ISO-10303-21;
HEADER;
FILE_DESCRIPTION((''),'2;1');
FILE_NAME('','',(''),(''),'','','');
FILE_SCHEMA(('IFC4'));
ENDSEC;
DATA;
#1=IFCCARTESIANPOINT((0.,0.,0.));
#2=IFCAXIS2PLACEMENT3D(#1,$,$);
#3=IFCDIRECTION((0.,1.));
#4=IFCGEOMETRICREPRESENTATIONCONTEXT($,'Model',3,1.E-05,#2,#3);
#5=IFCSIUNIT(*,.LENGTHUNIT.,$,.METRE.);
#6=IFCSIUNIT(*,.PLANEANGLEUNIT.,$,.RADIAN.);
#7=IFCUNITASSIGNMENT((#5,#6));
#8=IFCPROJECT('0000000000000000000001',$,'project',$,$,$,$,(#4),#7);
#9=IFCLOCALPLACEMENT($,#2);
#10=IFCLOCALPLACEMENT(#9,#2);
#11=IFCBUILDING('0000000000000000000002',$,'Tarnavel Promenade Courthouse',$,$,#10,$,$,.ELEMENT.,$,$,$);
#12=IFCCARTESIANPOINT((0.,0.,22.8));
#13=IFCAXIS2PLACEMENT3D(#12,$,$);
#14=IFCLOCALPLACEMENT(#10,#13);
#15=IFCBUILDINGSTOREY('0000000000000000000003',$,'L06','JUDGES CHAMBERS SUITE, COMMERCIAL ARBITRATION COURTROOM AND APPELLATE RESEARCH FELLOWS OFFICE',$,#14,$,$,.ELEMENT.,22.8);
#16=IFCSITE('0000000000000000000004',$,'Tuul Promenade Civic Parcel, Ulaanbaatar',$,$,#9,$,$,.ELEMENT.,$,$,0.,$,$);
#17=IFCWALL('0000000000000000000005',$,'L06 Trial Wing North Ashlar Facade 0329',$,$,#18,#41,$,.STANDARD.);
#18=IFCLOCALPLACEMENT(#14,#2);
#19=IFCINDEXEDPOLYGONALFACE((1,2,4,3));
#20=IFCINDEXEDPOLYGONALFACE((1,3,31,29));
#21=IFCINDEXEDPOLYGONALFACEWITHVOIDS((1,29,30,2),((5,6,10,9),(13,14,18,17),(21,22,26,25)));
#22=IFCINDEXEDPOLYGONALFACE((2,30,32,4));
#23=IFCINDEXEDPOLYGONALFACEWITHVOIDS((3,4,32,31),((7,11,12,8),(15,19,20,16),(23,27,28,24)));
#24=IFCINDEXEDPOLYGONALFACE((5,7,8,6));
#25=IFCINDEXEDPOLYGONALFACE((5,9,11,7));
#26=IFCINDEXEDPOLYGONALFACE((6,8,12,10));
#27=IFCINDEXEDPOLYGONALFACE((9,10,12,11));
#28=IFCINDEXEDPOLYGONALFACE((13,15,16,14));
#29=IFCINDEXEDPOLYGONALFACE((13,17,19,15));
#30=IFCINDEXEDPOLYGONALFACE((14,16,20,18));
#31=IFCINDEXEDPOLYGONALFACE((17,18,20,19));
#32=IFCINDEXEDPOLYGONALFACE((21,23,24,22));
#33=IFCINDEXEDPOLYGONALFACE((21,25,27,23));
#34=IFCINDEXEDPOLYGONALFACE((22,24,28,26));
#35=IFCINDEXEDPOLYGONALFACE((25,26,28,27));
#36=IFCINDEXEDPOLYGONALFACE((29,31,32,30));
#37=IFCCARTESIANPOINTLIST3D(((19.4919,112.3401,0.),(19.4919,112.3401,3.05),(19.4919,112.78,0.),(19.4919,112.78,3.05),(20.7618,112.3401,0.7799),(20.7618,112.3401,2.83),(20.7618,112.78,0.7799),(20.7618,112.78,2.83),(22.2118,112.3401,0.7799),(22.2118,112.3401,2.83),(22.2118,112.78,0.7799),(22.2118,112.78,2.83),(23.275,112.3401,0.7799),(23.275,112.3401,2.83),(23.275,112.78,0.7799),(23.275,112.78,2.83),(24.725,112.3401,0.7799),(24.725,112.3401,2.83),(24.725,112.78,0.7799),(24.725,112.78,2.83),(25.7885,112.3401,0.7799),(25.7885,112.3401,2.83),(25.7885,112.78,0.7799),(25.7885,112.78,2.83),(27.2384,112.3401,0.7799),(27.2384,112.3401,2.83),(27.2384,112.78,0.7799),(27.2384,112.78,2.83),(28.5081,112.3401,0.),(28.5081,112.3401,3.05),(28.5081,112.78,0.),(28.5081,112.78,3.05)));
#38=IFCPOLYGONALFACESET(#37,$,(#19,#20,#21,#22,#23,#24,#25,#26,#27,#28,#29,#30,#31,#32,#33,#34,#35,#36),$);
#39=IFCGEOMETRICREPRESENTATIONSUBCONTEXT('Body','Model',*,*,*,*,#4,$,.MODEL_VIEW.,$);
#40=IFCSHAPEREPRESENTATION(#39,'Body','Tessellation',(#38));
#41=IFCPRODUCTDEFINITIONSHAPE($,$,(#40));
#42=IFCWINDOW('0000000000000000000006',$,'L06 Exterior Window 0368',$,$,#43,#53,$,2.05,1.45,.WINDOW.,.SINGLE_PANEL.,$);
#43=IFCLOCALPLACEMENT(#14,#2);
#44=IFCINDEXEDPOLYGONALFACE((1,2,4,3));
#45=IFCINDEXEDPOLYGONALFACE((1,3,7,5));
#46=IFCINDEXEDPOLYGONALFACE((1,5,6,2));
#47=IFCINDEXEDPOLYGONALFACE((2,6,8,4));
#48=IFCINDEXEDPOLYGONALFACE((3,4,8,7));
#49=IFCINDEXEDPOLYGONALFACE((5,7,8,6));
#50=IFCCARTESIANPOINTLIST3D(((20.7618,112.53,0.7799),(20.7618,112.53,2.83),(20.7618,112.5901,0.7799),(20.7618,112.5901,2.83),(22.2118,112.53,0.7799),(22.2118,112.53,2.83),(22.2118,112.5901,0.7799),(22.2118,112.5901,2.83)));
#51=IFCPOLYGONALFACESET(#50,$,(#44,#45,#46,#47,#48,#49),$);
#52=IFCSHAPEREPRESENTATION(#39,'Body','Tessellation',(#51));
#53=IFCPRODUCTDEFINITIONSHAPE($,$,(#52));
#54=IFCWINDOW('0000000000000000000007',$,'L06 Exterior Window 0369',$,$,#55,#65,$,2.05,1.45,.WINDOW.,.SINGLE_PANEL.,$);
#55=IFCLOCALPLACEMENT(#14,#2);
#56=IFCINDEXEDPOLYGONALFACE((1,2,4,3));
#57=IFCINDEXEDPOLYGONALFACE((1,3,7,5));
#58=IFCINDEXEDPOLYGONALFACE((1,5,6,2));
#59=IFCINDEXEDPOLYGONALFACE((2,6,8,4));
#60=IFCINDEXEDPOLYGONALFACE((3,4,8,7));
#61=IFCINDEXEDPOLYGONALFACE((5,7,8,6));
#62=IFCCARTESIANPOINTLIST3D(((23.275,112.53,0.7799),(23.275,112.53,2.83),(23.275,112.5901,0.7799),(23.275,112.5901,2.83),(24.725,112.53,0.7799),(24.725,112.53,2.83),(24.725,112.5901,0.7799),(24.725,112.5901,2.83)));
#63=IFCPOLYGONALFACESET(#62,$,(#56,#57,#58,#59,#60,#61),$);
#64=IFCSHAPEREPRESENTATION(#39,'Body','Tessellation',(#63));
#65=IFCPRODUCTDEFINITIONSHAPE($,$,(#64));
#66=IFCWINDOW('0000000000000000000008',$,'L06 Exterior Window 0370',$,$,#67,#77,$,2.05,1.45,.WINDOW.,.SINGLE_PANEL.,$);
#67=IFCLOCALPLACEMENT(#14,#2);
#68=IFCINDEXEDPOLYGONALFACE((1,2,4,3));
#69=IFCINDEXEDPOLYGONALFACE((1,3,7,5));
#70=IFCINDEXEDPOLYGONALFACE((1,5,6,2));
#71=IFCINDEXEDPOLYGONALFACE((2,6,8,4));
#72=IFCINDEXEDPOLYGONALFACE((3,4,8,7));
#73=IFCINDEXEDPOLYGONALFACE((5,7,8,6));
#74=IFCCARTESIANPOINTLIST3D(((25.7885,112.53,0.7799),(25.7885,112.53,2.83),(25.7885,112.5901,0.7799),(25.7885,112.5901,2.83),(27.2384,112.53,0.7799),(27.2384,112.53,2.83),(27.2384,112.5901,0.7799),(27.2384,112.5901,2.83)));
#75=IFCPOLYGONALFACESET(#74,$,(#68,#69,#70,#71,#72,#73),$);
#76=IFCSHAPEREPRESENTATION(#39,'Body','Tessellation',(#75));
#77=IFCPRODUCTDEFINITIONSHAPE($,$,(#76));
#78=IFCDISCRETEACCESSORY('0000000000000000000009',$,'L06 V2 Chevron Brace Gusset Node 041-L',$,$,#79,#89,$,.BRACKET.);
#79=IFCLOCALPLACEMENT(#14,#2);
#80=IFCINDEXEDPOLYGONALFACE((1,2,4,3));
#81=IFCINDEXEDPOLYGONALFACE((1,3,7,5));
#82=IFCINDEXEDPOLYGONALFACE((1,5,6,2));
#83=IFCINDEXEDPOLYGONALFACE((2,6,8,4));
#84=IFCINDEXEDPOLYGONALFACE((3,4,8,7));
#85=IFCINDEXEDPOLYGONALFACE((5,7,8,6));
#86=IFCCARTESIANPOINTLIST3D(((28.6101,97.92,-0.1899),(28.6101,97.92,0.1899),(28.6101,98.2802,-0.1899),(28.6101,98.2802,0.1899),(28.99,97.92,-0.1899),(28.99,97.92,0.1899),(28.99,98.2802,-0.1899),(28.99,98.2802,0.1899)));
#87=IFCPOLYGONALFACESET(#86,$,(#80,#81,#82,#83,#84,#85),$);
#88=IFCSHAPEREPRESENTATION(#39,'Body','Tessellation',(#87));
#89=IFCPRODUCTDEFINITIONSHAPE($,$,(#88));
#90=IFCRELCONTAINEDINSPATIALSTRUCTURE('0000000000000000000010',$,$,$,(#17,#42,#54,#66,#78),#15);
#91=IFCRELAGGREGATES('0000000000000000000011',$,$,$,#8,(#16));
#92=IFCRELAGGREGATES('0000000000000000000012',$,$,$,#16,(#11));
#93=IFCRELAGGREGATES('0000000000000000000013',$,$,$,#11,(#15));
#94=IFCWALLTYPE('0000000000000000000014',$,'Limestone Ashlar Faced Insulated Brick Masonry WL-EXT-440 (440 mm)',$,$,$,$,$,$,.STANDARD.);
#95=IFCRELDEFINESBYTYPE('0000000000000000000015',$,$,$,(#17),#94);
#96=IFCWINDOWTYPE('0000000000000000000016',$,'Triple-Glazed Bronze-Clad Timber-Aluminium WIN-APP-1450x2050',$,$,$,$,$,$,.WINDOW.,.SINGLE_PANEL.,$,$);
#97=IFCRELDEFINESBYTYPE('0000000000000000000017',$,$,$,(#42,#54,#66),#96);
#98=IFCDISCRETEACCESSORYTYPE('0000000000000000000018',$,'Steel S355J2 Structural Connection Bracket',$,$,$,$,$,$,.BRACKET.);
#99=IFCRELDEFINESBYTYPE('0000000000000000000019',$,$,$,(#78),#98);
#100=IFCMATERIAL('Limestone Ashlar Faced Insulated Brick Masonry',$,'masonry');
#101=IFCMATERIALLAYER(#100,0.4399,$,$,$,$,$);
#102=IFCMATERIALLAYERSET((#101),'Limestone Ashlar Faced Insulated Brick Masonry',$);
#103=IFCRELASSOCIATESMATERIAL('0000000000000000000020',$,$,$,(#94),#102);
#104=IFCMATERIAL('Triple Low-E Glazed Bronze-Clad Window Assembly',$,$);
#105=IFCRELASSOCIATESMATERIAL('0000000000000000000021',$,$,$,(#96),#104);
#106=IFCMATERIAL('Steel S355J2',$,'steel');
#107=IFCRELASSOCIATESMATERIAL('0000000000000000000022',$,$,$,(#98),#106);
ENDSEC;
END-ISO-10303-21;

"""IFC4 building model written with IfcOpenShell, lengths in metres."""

from ifc_helpers import new_model, si_unit, direction, frame, frame_2d, origin, origin_2d, place, context, subcontext, project, spatial, rectangle, extrude, material, layer, layer_set, type_object, element, fill, save


model = new_model("IFC4")

# Units and contexts
model_context = context("Model", 3, precision=1e-05, world=origin(), true_north=direction((0.0, 1.0)))
body_context = subcontext(model_context, "Body", "Model", "MODEL_VIEW")
ifc_project = project(units=[si_unit("LENGTHUNIT", "METRE"), si_unit("PLANEANGLEUNIT", "RADIAN")], contexts=[model_context])

# Site, building, storey
site_placement = place(None, origin())
site = spatial("IfcSite", under=ifc_project, at=site_placement, Name="Tuul Promenade Civic Parcel, Ulaanbaatar", CompositionType="ELEMENT", RefElevation=0.0)
building_placement = place(site_placement, origin())
building = spatial("IfcBuilding", under=site, at=building_placement, Name="Tarnavel Promenade Courthouse", CompositionType="ELEMENT")
storey_placement = place(building_placement, frame((0.0, 0.0, 22.8)))
storey = spatial("IfcBuildingStorey", under=building, at=storey_placement, Name="L06", Description="JUDGES CHAMBERS SUITE, COMMERCIAL ARBITRATION COURTROOM AND APPELLATE RESEARCH FELLOWS OFFICE", CompositionType="ELEMENT", Elevation=22.8)

# Shared definitions
ifc_material_1 = material(Name="Steel S355J2", Category="steel")

# Wall, openings, windows
ifc_material_2 = material(Name="Limestone Ashlar Faced Insulated Brick Masonry", Category="masonry")
ifc_layer_1 = layer(ifc_material_2, 0.4399)
ifc_layer_set_1 = layer_set([ifc_layer_1], Name="Limestone Ashlar Faced Insulated Brick Masonry")
wall_type_1 = type_object("IfcWallType", Name="Limestone Ashlar Faced Insulated Brick Masonry WL-EXT-440 (440 mm)", PredefinedType="STANDARD", material=ifc_layer_set_1)
wall_1_placement = place(storey_placement, frame((19.4919, 112.5601, 0.0), z_axis=(0.0, 0.0, 1.0), x_axis=(1.0, 0.0, 0.0)))
wall_1 = element("IfcWall", 1, at=wall_1_placement, inside=storey, type_object=wall_type_1, Name="L06 Trial Wing North Ashlar Facade 0329", PredefinedType="STANDARD", context=body_context, shape_type="SweptSolid", body=[
    extrude(rectangle(XDim=9.0161, YDim=0.4399, at=frame_2d((4.5081, 0.0))), origin(), (0.0, 0.0, 1.0), 3.05),
])
opening_1_placement = place(wall_1_placement, frame((1.2698, 0.0, 0.78)))
opening_1 = element("IfcOpeningElement", 2, at=opening_1_placement, cuts=wall_1, PredefinedType="OPENING", context=body_context, shape_type="SweptSolid", body=[
    extrude(rectangle(XDim=1.45, YDim=2.05, at=frame_2d((0.7251, 1.0249))), frame((0.0, 0.23, 0.0), z_axis=(0.0, -1.0, 0.0), x_axis=(1.0, 0.0, 0.0)), (0.0, 0.0, 1.0), 0.46),
])
opening_2_placement = place(wall_1_placement, frame((3.783, 0.0, 0.78)))
opening_2 = element("IfcOpeningElement", 3, at=opening_2_placement, cuts=wall_1, PredefinedType="OPENING", context=body_context, shape_type="SweptSolid", body=[
    extrude(rectangle(XDim=1.45, YDim=2.05, at=frame_2d((0.7251, 1.0249))), frame((0.0, 0.23, 0.0), z_axis=(0.0, -1.0, 0.0), x_axis=(1.0, 0.0, 0.0)), (0.0, 0.0, 1.0), 0.46),
])
opening_3_placement = place(wall_1_placement, frame((6.2964, 0.0, 0.78)))
opening_3 = element("IfcOpeningElement", 4, at=opening_3_placement, cuts=wall_1, PredefinedType="OPENING", context=body_context, shape_type="SweptSolid", body=[
    extrude(rectangle(XDim=1.45, YDim=2.05, at=frame_2d((0.7251, 1.0249))), frame((0.0, 0.23, 0.0), z_axis=(0.0, -1.0, 0.0), x_axis=(1.0, 0.0, 0.0)), (0.0, 0.0, 1.0), 0.46),
])
ifc_material_3 = material(Name="Triple Low-E Glazed Bronze-Clad Window Assembly")
window_type = type_object("IfcWindowType", Name="Triple-Glazed Bronze-Clad Timber-Aluminium WIN-APP-1450x2050", PartitioningType="SINGLE_PANEL", PredefinedType="WINDOW", material=ifc_material_3)
window_1_placement = place(opening_1_placement, origin())
window_1 = element("IfcWindow", 5, at=window_1_placement, inside=storey, type_object=window_type, Name="L06 Exterior Window 0368", OverallHeight=2.05, OverallWidth=1.45, PartitioningType="SINGLE_PANEL", PredefinedType="WINDOW", context=body_context, shape_type="SweptSolid", body=[
    extrude(rectangle(XDim=1.45, YDim=2.05, at=frame_2d((0.7251, 1.0249))), frame((0.0, 0.03, 0.0), z_axis=(0.0, -1.0, 0.0), x_axis=(1.0, 0.0, 0.0)), (0.0, 0.0, 1.0), 0.0601),
])
fill(opening_1, window_1)
window_2_placement = place(opening_2_placement, origin())
window_2 = element("IfcWindow", 6, at=window_2_placement, inside=storey, type_object=window_type, Name="L06 Exterior Window 0369", OverallHeight=2.05, OverallWidth=1.45, PartitioningType="SINGLE_PANEL", PredefinedType="WINDOW", context=body_context, shape_type="SweptSolid", body=[
    extrude(rectangle(XDim=1.45, YDim=2.05, at=frame_2d((0.7251, 1.0249))), frame((0.0, 0.03, 0.0), z_axis=(0.0, -1.0, 0.0), x_axis=(1.0, 0.0, 0.0)), (0.0, 0.0, 1.0), 0.0601),
])
fill(opening_2, window_2)
window_3_placement = place(opening_3_placement, origin())
window_3 = element("IfcWindow", 7, at=window_3_placement, inside=storey, type_object=window_type, Name="L06 Exterior Window 0370", OverallHeight=2.05, OverallWidth=1.45, PartitioningType="SINGLE_PANEL", PredefinedType="WINDOW", context=body_context, shape_type="SweptSolid", body=[
    extrude(rectangle(XDim=1.45, YDim=2.05, at=frame_2d((0.7251, 1.0249))), frame((0.0, 0.03, 0.0), z_axis=(0.0, -1.0, 0.0), x_axis=(1.0, 0.0, 0.0)), (0.0, 0.0, 1.0), 0.0601),
])
fill(opening_3, window_3)

# Discrete accessory
discrete_accessory_type = type_object("IfcDiscreteAccessoryType", Name="Steel S355J2 Structural Connection Bracket", PredefinedType="BRACKET", material=ifc_material_1)
discrete_accessory_placement = place(storey_placement, frame((28.8, 98.1001, -0.1899), z_axis=(0.0, 0.0, 1.0), x_axis=(1.0, 0.0, 0.0)))
element("IfcDiscreteAccessory", 8, at=discrete_accessory_placement, inside=storey, type_object=discrete_accessory_type, Name="L06 V2 Chevron Brace Gusset Node 041-L", PredefinedType="BRACKET", context=body_context, shape_type="SweptSolid", body=[
    extrude(rectangle(XDim=0.3799, YDim=0.3601, at=origin_2d()), origin(), (0.0, 0.0, 1.0), 0.3799),
])

save(model, "model.ifc")
